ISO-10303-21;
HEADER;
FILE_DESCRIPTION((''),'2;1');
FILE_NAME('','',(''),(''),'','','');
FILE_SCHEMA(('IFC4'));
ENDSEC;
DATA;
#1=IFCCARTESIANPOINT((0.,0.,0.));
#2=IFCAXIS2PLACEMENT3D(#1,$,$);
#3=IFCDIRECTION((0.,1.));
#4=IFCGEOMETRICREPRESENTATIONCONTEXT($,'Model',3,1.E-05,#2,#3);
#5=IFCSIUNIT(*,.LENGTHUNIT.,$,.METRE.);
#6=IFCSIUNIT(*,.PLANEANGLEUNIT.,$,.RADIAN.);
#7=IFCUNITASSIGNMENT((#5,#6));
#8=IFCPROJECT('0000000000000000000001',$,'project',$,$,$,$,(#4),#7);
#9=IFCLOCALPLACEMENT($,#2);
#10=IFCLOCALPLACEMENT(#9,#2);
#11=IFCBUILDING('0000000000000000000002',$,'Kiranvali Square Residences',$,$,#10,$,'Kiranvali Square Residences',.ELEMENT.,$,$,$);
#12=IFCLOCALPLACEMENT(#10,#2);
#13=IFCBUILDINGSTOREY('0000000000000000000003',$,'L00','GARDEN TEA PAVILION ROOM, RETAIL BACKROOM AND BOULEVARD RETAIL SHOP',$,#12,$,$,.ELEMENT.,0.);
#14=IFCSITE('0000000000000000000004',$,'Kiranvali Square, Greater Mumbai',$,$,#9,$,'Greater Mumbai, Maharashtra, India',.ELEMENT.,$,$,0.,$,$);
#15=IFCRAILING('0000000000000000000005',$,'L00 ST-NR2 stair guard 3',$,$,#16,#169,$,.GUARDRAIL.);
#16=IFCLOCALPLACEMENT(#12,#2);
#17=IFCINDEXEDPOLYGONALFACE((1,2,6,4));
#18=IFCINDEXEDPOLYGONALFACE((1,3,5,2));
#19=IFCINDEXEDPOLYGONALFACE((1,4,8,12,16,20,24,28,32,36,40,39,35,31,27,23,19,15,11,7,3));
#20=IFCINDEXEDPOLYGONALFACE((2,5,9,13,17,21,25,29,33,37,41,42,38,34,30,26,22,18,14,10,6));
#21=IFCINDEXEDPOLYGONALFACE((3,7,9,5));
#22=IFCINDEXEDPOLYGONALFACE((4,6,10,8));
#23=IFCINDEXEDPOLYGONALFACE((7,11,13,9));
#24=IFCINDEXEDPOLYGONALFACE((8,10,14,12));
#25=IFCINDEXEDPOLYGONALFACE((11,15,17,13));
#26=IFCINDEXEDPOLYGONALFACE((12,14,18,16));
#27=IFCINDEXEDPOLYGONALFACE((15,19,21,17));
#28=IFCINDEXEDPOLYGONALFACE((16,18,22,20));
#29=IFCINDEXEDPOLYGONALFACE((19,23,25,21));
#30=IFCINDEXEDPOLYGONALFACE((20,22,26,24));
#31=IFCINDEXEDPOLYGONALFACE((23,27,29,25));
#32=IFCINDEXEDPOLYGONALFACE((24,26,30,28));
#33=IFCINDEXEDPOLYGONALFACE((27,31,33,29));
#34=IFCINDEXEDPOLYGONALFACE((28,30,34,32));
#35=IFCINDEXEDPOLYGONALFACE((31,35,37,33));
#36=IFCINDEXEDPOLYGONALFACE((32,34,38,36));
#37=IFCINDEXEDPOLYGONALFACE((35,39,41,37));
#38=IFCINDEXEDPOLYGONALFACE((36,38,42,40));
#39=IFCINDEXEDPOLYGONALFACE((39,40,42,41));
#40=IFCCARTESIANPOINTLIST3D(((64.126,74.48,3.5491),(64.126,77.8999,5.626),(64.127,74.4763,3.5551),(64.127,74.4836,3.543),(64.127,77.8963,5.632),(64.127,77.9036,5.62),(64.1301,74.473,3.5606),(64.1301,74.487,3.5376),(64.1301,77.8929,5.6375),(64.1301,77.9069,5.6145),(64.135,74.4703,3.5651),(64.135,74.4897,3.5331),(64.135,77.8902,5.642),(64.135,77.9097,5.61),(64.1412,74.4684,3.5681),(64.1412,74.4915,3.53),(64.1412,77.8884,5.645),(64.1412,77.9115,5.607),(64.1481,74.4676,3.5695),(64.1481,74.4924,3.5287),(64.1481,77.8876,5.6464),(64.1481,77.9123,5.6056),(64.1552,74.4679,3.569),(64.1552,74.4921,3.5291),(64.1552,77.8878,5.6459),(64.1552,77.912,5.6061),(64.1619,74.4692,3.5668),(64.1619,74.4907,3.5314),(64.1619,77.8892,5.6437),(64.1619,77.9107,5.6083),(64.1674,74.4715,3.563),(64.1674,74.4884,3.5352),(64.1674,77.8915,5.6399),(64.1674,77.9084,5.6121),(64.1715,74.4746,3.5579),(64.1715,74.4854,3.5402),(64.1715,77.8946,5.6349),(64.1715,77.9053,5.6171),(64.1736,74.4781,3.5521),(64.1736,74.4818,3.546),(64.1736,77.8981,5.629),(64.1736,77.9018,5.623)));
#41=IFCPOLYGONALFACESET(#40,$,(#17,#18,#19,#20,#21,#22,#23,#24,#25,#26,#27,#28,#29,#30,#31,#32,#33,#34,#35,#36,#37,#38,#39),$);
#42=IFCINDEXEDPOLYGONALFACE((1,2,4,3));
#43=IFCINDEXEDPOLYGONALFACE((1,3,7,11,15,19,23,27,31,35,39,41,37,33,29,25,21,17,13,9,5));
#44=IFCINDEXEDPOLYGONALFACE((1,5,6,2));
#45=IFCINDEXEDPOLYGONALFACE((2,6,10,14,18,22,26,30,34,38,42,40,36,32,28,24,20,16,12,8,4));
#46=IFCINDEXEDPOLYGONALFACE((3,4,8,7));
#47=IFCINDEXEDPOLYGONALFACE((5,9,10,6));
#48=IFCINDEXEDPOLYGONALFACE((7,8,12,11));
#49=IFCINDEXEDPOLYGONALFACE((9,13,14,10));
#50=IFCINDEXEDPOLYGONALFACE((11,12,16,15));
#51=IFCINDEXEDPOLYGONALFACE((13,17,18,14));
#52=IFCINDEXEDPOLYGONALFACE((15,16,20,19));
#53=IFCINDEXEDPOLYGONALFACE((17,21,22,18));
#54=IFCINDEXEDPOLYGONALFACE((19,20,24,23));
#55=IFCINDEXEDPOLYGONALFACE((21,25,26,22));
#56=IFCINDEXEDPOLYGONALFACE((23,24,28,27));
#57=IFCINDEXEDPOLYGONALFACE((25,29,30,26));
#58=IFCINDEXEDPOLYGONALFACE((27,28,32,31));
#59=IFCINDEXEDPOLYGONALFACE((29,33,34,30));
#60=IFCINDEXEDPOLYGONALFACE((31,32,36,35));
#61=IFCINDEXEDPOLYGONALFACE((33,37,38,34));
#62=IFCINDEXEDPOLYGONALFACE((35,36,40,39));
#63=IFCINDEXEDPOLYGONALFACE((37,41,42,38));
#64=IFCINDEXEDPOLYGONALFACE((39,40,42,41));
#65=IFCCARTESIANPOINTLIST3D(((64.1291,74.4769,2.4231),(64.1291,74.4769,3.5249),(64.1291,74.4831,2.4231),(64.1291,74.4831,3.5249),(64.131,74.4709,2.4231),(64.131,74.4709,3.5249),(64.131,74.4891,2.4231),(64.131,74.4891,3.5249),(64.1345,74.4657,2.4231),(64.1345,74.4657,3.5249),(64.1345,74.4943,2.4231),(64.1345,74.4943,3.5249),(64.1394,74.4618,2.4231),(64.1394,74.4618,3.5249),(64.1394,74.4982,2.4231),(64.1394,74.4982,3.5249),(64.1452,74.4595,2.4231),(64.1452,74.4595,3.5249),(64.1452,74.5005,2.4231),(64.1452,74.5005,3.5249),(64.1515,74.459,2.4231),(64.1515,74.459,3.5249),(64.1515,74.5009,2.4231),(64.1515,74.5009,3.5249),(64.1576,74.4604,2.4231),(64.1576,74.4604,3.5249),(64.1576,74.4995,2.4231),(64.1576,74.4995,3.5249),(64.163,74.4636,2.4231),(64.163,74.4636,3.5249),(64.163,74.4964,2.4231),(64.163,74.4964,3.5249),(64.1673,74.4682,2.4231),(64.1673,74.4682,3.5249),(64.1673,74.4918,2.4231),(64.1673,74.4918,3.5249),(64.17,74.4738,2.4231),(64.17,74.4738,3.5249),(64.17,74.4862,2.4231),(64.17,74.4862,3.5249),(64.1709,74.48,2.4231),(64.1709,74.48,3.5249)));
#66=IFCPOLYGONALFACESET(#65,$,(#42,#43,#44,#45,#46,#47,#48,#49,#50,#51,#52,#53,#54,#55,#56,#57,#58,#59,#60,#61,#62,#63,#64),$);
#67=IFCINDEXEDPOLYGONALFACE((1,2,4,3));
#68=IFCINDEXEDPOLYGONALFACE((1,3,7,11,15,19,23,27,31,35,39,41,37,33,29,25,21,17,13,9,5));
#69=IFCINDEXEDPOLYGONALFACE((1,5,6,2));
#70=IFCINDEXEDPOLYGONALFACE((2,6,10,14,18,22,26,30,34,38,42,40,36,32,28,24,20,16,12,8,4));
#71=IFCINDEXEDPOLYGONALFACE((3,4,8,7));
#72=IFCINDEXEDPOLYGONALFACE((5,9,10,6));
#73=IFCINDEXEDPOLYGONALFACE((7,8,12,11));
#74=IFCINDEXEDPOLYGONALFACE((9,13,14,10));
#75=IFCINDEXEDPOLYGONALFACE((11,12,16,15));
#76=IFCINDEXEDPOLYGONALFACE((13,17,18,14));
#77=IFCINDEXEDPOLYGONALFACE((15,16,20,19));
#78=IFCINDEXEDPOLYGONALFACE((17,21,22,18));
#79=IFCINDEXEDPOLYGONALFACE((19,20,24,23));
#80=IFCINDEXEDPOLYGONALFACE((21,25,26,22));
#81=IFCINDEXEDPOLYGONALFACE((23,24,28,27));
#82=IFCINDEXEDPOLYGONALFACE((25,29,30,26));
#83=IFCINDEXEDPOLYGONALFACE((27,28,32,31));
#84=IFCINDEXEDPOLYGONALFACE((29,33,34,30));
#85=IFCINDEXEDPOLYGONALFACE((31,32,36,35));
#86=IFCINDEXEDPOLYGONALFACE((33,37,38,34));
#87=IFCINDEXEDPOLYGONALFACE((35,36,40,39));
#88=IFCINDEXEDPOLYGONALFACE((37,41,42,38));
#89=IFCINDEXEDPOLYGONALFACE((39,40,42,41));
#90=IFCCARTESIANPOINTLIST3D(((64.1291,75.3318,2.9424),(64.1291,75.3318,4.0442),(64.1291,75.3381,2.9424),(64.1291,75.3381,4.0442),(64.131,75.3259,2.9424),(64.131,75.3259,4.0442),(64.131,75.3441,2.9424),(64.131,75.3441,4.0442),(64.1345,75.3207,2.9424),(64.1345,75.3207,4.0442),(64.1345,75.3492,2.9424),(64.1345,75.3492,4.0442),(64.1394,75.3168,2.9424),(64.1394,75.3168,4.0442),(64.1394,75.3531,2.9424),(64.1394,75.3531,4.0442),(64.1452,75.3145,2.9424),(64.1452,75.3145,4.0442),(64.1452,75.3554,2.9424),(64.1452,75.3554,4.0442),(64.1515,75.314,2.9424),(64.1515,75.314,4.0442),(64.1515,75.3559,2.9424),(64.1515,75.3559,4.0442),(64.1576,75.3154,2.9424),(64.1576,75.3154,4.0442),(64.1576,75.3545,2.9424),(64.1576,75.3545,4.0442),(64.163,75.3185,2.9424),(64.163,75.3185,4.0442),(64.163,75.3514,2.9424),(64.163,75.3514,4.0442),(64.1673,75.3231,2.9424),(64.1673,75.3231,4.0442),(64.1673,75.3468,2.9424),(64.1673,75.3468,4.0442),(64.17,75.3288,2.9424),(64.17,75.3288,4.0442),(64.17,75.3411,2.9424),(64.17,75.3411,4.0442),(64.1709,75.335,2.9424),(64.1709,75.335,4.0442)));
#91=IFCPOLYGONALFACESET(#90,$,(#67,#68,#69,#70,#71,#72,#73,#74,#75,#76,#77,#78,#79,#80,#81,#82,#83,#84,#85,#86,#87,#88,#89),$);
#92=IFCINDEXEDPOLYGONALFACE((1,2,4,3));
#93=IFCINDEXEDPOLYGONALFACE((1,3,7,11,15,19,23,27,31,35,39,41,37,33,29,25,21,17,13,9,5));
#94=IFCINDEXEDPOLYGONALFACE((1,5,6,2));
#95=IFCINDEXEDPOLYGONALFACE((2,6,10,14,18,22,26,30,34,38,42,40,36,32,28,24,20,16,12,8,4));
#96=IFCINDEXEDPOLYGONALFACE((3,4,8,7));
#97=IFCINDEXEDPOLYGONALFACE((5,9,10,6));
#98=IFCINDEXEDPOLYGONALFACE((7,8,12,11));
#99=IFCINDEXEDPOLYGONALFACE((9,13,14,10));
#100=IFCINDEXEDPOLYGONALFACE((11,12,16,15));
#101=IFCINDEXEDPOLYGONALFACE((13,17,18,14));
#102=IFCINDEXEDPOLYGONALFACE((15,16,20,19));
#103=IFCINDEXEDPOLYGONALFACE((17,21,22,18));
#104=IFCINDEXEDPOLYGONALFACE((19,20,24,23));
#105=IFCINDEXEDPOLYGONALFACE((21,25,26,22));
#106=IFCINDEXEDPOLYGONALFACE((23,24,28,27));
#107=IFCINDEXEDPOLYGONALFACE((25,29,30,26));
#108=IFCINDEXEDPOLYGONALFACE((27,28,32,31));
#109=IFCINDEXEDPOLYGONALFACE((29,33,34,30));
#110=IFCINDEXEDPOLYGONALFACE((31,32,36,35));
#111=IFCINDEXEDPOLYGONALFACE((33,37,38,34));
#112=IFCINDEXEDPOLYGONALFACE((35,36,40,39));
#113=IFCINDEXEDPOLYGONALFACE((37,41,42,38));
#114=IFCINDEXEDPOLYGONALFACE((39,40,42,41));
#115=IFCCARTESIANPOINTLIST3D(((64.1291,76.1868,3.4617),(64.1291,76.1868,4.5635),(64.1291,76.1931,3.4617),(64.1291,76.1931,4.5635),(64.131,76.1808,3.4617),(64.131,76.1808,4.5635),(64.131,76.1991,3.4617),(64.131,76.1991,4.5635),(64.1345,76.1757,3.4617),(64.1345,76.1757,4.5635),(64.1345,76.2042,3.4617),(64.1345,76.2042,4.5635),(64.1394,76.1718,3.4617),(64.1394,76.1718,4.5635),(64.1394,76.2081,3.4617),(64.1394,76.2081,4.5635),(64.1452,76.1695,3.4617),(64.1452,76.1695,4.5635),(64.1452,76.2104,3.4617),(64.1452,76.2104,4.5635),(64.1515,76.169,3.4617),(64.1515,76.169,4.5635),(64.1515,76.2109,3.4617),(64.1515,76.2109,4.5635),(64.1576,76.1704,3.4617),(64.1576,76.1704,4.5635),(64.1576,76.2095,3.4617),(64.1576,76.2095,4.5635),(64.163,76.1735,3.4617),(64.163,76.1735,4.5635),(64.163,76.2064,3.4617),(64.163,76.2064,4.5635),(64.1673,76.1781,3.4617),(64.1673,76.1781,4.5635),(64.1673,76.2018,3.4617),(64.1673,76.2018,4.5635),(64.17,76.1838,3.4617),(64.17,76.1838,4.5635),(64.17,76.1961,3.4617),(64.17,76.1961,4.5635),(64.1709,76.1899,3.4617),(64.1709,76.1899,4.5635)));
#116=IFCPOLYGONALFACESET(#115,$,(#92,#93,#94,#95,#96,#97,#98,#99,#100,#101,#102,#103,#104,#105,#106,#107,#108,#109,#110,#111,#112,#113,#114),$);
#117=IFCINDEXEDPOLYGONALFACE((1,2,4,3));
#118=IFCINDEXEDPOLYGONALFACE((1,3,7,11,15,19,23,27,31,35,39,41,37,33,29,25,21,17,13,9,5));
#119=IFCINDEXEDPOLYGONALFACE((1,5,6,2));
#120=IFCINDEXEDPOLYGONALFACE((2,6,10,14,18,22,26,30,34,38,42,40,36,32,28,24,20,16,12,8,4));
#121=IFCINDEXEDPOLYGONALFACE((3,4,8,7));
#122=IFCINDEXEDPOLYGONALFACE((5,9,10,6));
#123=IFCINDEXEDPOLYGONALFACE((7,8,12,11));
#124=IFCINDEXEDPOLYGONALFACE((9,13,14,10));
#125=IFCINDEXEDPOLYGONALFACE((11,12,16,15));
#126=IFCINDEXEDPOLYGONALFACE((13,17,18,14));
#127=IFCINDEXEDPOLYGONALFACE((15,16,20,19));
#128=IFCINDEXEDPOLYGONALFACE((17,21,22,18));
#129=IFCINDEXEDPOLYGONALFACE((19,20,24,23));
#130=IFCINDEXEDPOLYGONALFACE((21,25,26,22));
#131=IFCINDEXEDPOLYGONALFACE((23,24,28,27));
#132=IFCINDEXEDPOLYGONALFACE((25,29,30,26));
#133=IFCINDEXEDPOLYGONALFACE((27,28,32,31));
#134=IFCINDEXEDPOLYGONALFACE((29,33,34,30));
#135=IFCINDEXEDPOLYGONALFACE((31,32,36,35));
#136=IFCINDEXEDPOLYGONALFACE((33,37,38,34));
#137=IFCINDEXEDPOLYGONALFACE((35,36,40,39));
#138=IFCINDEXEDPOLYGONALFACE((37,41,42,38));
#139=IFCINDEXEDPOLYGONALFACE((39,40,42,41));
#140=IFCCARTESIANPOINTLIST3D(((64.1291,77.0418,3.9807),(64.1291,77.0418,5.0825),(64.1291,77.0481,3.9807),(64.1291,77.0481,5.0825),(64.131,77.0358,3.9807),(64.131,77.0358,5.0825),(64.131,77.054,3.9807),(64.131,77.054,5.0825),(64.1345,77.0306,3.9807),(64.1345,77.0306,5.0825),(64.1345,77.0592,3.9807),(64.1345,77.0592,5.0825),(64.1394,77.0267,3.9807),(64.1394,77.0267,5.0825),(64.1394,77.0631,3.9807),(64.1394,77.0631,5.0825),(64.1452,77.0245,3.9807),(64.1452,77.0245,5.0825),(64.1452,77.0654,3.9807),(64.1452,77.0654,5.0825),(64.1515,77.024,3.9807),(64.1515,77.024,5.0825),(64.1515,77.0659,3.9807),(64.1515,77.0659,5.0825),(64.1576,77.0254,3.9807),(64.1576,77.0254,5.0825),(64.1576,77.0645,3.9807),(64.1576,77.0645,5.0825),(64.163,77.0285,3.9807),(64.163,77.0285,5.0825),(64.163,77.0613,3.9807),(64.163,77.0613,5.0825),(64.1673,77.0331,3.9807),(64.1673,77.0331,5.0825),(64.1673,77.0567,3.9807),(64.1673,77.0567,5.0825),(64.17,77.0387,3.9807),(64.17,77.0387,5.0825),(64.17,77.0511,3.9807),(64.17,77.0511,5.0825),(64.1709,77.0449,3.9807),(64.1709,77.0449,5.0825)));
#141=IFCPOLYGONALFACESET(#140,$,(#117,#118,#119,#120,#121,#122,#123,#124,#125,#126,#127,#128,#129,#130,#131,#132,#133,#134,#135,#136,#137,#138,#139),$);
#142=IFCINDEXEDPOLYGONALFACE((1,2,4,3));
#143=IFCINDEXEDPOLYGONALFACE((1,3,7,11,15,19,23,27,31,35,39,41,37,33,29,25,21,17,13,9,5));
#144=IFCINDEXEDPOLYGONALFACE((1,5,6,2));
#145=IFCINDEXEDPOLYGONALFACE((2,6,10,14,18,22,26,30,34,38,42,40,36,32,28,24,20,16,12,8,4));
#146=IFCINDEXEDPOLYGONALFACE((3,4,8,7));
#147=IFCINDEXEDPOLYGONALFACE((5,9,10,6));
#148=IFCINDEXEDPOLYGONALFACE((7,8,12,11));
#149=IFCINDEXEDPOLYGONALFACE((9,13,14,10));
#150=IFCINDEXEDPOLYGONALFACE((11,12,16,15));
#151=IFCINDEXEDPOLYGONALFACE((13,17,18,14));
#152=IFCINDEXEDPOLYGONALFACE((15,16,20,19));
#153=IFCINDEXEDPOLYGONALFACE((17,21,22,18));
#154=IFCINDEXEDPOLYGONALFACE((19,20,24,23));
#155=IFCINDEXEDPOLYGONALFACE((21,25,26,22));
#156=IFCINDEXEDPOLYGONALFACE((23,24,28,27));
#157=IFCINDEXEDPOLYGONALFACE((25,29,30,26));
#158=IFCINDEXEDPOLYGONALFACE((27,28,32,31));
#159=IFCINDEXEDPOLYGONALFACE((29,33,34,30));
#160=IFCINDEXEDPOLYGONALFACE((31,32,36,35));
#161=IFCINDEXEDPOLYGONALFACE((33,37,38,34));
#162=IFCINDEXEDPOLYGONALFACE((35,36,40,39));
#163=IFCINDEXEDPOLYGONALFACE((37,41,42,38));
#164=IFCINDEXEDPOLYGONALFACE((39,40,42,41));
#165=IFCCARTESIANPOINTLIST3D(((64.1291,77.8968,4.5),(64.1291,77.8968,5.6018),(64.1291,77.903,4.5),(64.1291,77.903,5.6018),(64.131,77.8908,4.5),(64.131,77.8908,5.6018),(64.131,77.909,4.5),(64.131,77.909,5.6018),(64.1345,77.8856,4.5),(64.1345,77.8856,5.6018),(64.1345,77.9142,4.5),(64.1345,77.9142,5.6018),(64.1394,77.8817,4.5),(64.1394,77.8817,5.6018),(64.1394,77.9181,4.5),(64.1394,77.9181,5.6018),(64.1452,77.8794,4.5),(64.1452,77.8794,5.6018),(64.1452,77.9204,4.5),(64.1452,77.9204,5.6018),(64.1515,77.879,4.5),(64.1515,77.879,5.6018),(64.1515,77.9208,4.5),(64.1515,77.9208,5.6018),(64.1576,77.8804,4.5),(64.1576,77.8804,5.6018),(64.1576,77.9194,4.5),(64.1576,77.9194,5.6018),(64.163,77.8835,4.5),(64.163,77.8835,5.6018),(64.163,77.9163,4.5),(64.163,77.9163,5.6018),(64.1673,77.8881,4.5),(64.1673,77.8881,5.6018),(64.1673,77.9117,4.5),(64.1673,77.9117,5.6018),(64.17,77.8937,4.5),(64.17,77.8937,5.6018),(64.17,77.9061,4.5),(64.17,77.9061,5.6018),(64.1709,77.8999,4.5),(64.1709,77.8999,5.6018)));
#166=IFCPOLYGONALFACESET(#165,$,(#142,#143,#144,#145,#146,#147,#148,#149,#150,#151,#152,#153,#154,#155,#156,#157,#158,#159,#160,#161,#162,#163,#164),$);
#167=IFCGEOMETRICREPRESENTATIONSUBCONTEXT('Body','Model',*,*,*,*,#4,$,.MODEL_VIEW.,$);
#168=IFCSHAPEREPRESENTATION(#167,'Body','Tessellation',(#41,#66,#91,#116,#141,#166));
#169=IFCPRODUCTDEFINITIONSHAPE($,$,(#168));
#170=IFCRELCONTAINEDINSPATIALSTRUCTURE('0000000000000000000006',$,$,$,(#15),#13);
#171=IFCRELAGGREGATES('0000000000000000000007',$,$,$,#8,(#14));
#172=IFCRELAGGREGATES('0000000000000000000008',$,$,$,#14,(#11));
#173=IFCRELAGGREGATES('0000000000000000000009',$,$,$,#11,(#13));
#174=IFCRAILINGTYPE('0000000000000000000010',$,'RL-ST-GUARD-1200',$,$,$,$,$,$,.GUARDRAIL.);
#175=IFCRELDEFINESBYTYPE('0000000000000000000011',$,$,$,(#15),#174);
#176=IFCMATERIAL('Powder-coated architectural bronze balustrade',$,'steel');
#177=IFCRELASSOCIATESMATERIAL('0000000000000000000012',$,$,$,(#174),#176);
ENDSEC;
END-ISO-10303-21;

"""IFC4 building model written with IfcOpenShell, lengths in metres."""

from ifc_helpers import new_model, si_unit, direction, frame, origin, origin_2d, place, context, subcontext, project, spatial, circle, extrude, material, type_object, element, save


model = new_model("IFC4")

# Units and contexts
model_context = context("Model", 3, precision=1e-05, world=origin(), true_north=direction((0.0, 1.0)))
body_context = subcontext(model_context, "Body", "Model", "MODEL_VIEW")
ifc_project = project(units=[si_unit("LENGTHUNIT", "METRE"), si_unit("PLANEANGLEUNIT", "RADIAN")], contexts=[model_context])

# Site, building, storey
site_placement = place(None, origin())
site = spatial("IfcSite", under=ifc_project, at=site_placement, Name="Kiranvali Square, Greater Mumbai", LongName="Greater Mumbai, Maharashtra, India", CompositionType="ELEMENT", RefElevation=0.0)
building_placement = place(site_placement, origin())
building = spatial("IfcBuilding", under=site, at=building_placement, Name="Kiranvali Square Residences", LongName="Kiranvali Square Residences", CompositionType="ELEMENT")
storey_placement = place(building_placement, origin())
storey = spatial("IfcBuildingStorey", under=building, at=storey_placement, Name="L00", Description="GARDEN TEA PAVILION ROOM, RETAIL BACKROOM AND BOULEVARD RETAIL SHOP", CompositionType="ELEMENT", Elevation=0.0)

# Railing
ifc_material_1 = material(Name="Powder-coated architectural bronze balustrade", Category="steel")
railing_type_1 = type_object("IfcRailingType", Name="RL-ST-GUARD-1200", PredefinedType="GUARDRAIL", material=ifc_material_1)
railing_1_placement = place(storey_placement, frame((64.1499, 74.48, 2.4231)))
element("IfcRailing", 1, at=railing_1_placement, inside=storey, type_object=railing_type_1, Name="L00 ST-NR2 stair guard 3", PredefinedType="GUARDRAIL", context=body_context, shape_type="SweptSolid", body=[
    extrude(circle(Radius=0.0239, at=origin_2d()), frame((0.0, 0.0, 1.126), z_axis=(0.0, 0.85473, 0.519074), x_axis=(-1.0, 0.0, 0.0)), (0.0, 0.0, 1.0), 4.0012),
    extrude(circle(Radius=0.021, at=origin_2d()), origin(), (0.0, 0.0, 1.0), 1.1018),
    extrude(circle(Radius=0.021, at=origin_2d()), frame((0.0, 0.855, 0.5193)), (0.0, 0.0, 1.0), 1.1018),
    extrude(circle(Radius=0.021, at=origin_2d()), frame((0.0, 1.71, 1.0386)), (0.0, 0.0, 1.0), 1.1018),
    extrude(circle(Radius=0.021, at=origin_2d()), frame((0.0, 2.5649, 1.5576)), (0.0, 0.0, 1.0), 1.1018),
    extrude(circle(Radius=0.021, at=origin_2d()), frame((0.0, 3.4199, 2.0769)), (0.0, 0.0, 1.0), 1.1018),
])

save(model, "model.ifc")
